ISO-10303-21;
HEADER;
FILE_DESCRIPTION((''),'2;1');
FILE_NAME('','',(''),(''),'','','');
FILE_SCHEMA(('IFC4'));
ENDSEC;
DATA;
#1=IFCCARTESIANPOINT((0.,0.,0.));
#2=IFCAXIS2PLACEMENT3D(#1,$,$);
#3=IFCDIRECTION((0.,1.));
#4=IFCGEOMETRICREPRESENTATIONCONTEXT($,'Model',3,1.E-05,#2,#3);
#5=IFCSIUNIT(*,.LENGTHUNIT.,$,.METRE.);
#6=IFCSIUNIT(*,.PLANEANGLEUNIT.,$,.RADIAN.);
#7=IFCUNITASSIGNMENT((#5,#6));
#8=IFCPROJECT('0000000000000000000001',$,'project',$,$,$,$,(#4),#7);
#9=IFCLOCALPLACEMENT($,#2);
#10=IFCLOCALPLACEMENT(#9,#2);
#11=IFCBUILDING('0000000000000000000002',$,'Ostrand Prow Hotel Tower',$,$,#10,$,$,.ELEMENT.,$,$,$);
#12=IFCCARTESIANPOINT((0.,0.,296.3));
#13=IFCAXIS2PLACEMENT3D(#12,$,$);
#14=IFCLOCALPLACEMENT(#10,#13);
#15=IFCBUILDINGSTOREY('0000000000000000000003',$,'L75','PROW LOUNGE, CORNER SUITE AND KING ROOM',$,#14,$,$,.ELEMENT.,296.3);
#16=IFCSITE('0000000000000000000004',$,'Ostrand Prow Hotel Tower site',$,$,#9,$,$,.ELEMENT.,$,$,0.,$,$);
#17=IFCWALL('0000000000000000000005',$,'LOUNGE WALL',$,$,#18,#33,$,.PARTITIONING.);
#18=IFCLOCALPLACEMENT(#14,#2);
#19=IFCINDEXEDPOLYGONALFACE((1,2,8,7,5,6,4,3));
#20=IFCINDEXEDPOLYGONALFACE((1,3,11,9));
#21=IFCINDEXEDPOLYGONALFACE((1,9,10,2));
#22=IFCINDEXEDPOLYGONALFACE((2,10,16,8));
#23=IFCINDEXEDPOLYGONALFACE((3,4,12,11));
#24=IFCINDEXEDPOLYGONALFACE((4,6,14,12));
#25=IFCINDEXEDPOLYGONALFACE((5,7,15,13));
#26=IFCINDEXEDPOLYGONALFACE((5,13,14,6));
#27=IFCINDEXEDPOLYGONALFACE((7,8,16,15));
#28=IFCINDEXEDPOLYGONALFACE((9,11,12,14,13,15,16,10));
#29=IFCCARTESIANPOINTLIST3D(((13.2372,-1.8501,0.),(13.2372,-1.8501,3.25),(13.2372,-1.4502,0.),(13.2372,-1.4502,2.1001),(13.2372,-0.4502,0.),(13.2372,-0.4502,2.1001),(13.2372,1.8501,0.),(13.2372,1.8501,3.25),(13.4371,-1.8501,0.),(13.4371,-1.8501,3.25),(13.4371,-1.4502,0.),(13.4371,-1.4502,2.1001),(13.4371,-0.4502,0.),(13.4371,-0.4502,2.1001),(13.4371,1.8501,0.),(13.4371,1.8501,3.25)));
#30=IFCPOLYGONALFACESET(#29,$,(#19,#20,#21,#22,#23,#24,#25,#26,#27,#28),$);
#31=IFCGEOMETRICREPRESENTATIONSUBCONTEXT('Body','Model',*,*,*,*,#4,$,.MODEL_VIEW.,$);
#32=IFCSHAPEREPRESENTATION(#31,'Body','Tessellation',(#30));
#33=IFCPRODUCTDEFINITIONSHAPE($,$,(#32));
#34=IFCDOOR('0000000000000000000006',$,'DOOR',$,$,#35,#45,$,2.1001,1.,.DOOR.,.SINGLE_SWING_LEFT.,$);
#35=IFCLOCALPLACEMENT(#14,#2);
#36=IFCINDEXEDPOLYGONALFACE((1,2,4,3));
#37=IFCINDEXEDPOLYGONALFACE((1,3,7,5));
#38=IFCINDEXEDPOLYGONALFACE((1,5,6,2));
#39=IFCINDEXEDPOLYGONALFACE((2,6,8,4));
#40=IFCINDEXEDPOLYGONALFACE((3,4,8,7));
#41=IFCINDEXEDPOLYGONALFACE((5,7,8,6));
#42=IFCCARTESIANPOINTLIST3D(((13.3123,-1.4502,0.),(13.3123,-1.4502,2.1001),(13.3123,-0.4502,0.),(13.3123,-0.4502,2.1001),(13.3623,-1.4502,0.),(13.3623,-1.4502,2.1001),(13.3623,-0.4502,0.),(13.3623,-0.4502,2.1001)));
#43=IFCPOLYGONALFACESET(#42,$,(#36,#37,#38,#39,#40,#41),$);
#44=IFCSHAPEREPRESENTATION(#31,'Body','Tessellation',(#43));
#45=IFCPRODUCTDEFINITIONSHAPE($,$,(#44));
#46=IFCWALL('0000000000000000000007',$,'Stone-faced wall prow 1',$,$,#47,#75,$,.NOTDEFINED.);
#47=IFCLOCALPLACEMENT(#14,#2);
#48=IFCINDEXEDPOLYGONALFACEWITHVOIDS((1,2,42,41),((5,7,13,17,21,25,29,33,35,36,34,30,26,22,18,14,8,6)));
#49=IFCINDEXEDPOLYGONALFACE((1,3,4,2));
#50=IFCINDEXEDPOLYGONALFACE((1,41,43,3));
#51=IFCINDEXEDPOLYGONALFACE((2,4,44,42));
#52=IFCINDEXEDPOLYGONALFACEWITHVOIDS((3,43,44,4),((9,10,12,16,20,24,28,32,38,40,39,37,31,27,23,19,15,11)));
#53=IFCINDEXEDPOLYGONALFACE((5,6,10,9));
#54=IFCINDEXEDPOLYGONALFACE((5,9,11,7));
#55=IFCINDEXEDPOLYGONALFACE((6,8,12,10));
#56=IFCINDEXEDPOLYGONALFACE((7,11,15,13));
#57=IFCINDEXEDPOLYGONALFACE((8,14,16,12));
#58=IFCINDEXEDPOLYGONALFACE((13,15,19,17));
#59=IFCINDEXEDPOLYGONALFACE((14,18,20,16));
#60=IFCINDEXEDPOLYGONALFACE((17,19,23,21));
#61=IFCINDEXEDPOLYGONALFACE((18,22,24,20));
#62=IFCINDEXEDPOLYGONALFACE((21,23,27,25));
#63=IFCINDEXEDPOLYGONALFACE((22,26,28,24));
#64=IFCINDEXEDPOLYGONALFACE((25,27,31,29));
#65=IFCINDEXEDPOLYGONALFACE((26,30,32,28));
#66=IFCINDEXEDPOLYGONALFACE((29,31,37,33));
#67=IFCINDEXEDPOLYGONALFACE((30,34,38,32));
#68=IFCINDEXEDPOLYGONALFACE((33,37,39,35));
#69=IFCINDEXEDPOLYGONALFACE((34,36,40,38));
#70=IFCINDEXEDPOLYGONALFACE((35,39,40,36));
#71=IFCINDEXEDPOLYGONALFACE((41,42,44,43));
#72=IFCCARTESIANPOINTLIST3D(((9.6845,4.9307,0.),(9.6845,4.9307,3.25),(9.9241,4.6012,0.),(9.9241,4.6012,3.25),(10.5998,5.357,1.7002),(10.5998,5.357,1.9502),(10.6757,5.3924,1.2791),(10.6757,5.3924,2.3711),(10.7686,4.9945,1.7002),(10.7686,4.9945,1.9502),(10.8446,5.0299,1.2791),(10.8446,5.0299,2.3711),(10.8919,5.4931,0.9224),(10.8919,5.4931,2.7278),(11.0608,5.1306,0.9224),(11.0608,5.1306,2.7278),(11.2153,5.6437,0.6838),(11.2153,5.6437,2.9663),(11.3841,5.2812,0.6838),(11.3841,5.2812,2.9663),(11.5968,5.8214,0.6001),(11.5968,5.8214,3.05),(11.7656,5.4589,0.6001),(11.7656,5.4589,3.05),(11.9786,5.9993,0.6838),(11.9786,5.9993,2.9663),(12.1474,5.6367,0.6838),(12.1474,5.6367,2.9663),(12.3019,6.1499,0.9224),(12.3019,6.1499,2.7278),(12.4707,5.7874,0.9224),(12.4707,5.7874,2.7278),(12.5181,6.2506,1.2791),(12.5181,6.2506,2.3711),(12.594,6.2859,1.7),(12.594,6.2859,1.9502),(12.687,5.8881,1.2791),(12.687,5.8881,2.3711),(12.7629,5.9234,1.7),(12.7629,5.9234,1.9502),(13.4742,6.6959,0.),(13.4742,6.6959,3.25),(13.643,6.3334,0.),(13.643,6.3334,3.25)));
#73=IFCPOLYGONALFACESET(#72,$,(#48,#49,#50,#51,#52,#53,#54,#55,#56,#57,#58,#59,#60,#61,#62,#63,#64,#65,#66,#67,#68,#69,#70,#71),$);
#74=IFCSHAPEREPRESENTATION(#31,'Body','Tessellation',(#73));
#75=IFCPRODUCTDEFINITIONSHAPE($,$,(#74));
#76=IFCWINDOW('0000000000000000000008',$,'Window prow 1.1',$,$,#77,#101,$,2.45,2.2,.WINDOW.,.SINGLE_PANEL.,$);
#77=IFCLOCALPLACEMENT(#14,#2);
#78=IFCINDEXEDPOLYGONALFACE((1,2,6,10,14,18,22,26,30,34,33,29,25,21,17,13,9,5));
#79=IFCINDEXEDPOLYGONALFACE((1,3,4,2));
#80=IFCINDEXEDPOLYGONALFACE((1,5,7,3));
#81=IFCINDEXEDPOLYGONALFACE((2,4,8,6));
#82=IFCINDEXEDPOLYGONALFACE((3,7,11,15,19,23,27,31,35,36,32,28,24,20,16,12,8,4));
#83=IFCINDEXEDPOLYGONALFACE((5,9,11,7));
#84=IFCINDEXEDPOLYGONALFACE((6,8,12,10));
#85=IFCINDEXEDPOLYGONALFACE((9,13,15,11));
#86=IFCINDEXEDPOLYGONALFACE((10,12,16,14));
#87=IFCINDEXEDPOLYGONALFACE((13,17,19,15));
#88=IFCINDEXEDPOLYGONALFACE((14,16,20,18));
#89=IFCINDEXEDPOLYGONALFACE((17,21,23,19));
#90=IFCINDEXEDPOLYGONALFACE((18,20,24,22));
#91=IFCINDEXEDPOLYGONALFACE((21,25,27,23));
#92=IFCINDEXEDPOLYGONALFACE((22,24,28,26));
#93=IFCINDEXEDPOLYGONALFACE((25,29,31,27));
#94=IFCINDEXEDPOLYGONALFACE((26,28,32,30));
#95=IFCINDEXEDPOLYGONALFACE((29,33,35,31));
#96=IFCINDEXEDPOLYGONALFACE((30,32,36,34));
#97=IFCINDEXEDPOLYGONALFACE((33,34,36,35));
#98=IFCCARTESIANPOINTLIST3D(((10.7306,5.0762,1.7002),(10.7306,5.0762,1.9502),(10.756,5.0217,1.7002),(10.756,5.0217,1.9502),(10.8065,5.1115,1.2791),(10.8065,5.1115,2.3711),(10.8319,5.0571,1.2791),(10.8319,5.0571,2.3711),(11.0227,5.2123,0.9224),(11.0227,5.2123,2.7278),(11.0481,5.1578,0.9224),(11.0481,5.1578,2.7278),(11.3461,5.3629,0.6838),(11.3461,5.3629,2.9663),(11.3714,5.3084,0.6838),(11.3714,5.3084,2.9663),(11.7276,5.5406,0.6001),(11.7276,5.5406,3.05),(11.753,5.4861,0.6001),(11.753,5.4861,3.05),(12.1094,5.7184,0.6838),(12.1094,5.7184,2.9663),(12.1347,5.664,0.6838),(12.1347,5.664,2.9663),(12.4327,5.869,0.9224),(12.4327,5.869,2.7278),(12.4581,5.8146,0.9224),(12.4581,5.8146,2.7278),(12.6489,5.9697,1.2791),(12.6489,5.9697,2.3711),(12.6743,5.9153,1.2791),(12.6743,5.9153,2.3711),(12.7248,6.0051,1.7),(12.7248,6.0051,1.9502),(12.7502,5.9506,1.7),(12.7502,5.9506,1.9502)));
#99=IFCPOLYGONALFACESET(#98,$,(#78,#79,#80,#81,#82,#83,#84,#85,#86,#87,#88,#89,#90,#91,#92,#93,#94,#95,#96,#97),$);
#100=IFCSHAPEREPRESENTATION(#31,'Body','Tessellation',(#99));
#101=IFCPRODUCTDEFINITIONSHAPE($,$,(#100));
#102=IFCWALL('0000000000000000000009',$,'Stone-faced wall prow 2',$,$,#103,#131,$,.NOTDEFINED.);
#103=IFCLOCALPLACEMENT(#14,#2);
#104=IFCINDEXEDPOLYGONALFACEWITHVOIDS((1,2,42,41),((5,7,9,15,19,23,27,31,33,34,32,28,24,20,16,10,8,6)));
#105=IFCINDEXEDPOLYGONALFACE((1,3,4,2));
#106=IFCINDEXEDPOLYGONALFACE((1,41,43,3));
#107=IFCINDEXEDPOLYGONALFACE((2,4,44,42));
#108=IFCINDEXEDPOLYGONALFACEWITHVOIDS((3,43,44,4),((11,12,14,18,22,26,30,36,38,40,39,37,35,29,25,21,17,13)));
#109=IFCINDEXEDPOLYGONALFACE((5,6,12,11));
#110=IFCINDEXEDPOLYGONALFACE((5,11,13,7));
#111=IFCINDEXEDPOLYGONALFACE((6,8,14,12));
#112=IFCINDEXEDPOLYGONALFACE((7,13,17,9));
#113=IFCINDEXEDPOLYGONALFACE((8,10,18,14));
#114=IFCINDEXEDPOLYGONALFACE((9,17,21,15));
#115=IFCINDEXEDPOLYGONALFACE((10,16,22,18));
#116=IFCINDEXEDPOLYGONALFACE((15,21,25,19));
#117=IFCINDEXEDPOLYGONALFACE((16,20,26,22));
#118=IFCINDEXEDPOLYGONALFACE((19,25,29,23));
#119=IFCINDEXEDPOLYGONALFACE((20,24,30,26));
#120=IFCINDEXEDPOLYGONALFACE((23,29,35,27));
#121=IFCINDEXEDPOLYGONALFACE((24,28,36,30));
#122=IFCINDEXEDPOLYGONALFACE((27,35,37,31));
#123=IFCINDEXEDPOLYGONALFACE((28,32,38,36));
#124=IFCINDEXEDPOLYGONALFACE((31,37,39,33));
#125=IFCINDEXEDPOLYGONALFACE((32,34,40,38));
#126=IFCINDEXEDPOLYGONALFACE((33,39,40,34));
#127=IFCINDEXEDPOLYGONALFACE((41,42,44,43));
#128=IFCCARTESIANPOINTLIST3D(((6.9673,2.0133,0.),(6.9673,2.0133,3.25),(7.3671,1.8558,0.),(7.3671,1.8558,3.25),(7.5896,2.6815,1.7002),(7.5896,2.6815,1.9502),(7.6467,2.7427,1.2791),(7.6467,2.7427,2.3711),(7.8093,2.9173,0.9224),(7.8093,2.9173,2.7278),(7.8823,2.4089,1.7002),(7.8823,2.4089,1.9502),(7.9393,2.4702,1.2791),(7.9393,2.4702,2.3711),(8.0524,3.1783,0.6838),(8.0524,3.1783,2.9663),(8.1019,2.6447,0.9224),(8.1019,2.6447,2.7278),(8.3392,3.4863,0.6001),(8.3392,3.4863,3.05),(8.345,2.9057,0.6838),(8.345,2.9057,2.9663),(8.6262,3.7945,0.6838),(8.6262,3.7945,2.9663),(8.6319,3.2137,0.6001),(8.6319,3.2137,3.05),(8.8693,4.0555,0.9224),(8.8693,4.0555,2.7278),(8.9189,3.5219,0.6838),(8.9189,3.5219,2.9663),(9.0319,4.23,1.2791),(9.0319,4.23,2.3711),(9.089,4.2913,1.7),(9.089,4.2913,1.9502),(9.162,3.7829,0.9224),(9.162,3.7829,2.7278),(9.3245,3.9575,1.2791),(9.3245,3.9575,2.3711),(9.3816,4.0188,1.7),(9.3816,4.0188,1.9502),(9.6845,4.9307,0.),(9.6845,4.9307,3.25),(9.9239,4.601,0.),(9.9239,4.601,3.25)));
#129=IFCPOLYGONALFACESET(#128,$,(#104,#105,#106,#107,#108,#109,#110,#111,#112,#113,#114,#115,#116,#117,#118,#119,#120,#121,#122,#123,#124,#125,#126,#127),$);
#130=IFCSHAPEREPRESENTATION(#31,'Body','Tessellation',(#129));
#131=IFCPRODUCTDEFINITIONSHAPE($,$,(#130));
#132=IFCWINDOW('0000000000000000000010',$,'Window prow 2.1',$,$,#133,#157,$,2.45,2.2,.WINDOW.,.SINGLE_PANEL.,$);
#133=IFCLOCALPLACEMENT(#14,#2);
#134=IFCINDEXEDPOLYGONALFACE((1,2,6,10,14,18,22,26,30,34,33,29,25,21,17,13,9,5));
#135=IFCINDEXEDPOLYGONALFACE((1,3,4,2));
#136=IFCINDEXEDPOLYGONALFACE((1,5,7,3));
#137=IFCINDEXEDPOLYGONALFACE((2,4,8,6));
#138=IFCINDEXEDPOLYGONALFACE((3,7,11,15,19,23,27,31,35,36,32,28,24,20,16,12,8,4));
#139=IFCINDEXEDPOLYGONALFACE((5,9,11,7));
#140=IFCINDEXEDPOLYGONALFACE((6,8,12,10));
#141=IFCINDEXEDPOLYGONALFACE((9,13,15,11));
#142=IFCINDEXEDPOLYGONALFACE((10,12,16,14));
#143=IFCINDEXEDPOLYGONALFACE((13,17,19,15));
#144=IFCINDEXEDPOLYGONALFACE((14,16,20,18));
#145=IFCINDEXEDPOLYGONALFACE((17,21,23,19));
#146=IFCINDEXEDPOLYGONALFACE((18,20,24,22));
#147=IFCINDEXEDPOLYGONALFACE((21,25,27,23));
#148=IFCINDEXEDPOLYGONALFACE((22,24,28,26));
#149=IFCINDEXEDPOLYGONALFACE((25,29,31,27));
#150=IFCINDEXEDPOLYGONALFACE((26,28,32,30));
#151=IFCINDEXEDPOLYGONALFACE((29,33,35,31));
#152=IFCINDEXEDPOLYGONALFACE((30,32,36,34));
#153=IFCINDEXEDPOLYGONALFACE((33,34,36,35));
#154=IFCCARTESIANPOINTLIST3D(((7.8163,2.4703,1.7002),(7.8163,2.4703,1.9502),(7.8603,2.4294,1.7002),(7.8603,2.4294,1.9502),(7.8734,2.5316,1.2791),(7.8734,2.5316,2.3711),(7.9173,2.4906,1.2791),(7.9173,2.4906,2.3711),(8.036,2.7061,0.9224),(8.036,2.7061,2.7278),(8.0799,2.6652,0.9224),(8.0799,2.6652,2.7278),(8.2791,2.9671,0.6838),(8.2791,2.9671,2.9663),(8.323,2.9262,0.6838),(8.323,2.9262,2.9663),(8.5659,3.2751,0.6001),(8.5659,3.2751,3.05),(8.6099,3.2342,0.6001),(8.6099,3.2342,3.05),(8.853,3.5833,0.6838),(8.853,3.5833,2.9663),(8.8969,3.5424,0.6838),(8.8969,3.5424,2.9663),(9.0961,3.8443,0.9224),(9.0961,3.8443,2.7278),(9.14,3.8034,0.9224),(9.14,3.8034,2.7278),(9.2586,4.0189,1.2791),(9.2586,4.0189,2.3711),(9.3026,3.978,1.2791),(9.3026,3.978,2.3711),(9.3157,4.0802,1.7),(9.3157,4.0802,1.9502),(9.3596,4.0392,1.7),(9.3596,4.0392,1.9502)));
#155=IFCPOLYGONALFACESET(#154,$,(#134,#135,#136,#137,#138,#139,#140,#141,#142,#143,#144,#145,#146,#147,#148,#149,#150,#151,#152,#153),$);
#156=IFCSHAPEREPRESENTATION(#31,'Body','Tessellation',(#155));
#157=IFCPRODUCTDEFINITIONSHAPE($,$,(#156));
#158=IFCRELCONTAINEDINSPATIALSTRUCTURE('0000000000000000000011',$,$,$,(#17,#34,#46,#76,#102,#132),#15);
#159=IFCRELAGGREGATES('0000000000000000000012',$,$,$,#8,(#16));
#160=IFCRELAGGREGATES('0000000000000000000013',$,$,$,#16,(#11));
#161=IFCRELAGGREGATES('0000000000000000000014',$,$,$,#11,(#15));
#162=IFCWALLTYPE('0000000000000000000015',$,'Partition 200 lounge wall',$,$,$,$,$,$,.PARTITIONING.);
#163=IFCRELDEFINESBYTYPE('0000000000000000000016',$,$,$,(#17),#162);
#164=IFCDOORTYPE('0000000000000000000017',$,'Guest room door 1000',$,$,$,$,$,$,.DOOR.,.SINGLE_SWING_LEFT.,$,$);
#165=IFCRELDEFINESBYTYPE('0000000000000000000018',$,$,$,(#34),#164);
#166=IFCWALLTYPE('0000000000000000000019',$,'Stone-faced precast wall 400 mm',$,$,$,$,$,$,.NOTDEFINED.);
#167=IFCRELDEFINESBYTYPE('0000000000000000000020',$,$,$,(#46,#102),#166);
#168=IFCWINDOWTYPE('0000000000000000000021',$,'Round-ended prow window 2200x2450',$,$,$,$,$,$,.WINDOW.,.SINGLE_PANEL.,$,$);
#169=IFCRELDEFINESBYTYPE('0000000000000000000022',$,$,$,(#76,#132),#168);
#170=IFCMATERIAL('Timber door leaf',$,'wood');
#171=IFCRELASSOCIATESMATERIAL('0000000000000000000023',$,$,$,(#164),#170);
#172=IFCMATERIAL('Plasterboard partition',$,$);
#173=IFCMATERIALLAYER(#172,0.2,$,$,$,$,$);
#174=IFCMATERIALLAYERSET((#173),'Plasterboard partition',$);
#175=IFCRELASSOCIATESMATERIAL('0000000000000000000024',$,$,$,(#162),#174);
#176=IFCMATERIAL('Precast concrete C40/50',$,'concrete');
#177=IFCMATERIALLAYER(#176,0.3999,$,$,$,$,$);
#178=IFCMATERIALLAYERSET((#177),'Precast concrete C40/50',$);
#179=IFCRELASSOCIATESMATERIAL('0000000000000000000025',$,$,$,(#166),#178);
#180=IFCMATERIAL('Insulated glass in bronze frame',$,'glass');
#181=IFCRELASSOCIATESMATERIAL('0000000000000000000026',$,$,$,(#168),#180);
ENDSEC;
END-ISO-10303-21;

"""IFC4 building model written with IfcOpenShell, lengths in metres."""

from ifc_helpers import new_model, si_unit, direction, frame, frame_2d, origin, place, context, subcontext, project, spatial, polyline, rectangle, outline, extrude, material, layer, layer_set, type_object, element, fill, save


model = new_model("IFC4")

# Units and contexts
model_context = context("Model", 3, precision=1e-05, world=origin(), true_north=direction((0.0, 1.0)))
body_context = subcontext(model_context, "Body", "Model", "MODEL_VIEW")
ifc_project = project(units=[si_unit("LENGTHUNIT", "METRE"), si_unit("PLANEANGLEUNIT", "RADIAN")], contexts=[model_context])

# Site, building, storey
site_placement = place(None, origin())
site = spatial("IfcSite", under=ifc_project, at=site_placement, Name="Ostrand Prow Hotel Tower site", CompositionType="ELEMENT", RefElevation=0.0)
building_placement = place(site_placement, origin())
building = spatial("IfcBuilding", under=site, at=building_placement, Name="Ostrand Prow Hotel Tower", CompositionType="ELEMENT")
storey_placement = place(building_placement, frame((0.0, 0.0, 296.3)))
storey = spatial("IfcBuildingStorey", under=building, at=storey_placement, Name="L75", Description="PROW LOUNGE, CORNER SUITE AND KING ROOM", CompositionType="ELEMENT", Elevation=296.3)

# Wall, opening, door
ifc_material_1 = material(Name="Timber door leaf", Category="wood")
door_type_1 = type_object("IfcDoorType", Name="Guest room door 1000", OperationType="SINGLE_SWING_LEFT", PredefinedType="DOOR", material=ifc_material_1)
ifc_material_2 = material(Name="Plasterboard partition")
ifc_layer_1 = layer(ifc_material_2, 0.2)
ifc_layer_set_1 = layer_set([ifc_layer_1], Name="Plasterboard partition")
wall_type_1 = type_object("IfcWallType", Name="Partition 200 lounge wall", PredefinedType="PARTITIONING", material=ifc_layer_set_1)
wall_1_placement = place(storey_placement, frame((13.3372, -1.8501, 0.0), z_axis=(0.0, 0.0, 1.0), x_axis=(0.0, 1.0, 0.0)))
wall_1 = element("IfcWall", 1, at=wall_1_placement, inside=storey, type_object=wall_type_1, Name="LOUNGE WALL", PredefinedType="PARTITIONING", context=body_context, shape_type="SweptSolid", body=[
    extrude(rectangle(XDim=3.7002, YDim=0.2, at=frame_2d((1.8501, 0.0))), origin(), (0.0, 0.0, 1.0), 3.25),
])
opening_1_placement = place(wall_1_placement, frame((0.3999, 0.0, 0.0)))
opening_1 = element("IfcOpeningElement", 2, at=opening_1_placement, cuts=wall_1, PredefinedType="OPENING", context=body_context, shape_type="SweptSolid", body=[
    extrude(rectangle(XDim=1.0, YDim=2.1001, at=frame_2d((0.5, 1.05))), frame((0.0, 0.1099, 0.0), z_axis=(0.0, -1.0, 0.0), x_axis=(1.0, 0.0, 0.0)), (0.0, 0.0, 1.0), 0.22),
])
door_1_placement = place(opening_1_placement, origin())
door_1 = element("IfcDoor", 3, at=door_1_placement, inside=storey, type_object=door_type_1, Name="DOOR", OperationType="SINGLE_SWING_LEFT", OverallHeight=2.1001, OverallWidth=1.0, PredefinedType="DOOR", context=body_context, shape_type="SweptSolid", body=[
    extrude(rectangle(XDim=1.0, YDim=2.1001, at=frame_2d((0.5, 1.05))), frame((0.0, 0.0249, 0.0), z_axis=(0.0, -1.0, 0.0), x_axis=(1.0, 0.0, 0.0)), (0.0, 0.0, 1.0), 0.05),
])
fill(opening_1, door_1)

# Walls, openings, windows
ifc_material_3 = material(Name="Precast concrete C40/50", Category="concrete")
ifc_layer_2 = layer(ifc_material_3, 0.3999)
ifc_layer_set_2 = layer_set([ifc_layer_2], Name="Precast concrete C40/50")
wall_type_2 = type_object("IfcWallType", Name="Stone-faced precast wall 400 mm", PredefinedType="NOTDEFINED", material=ifc_layer_set_2)
wall_2_placement = place(storey_placement, frame((13.5586, 6.5146, 0.0), z_axis=(0.0, 0.0, 1.0), x_axis=(-0.906486, -0.422237, 0.0)))
wall_2 = element("IfcWall", 4, at=wall_2_placement, inside=storey, type_object=wall_type_2, Name="Stone-faced wall prow 1", PredefinedType="NOTDEFINED", context=body_context, shape_type="SweptSolid", body=[
    extrude(outline(polyline([(0.0, -0.2), (4.1807, -0.2), (4.1025, 0.2), (0.0, 0.2), (0.0, -0.2)])), origin(), (0.0, 0.0, 1.0), 3.25),
])
opening_2_placement = place(wall_2_placement, frame((0.9709, 0.0, 0.6001)))
opening_2 = element("IfcOpeningElement", 5, at=opening_2_placement, cuts=wall_2, PredefinedType="OPENING", context=body_context, shape_type="SweptSolid", body=[
    extrude(outline(polyline([(0.0, 1.3501), (0.0837, 1.771), (0.3223, 2.1277), (0.679, 2.3662), (1.1001, 2.45), (1.521, 2.3662), (1.8777, 2.1277), (2.1162, 1.771), (2.2, 1.3501), (2.2, 1.1001), (2.1162, 0.679), (1.8777, 0.3223), (1.521, 0.0837), (1.1001, 0.0), (0.679, 0.0837), (0.3223, 0.3223), (0.0837, 0.679), (0.0, 1.0999), (0.0, 1.3501)])), frame((0.0, 0.21, 0.0), z_axis=(0.0, -1.0, 0.0), x_axis=(1.0, 0.0, 0.0)), (0.0, 0.0, 1.0), 0.4199),
])
ifc_material_4 = material(Name="Insulated glass in bronze frame", Category="glass")
window_type = type_object("IfcWindowType", Name="Round-ended prow window 2200x2450", PartitioningType="SINGLE_PANEL", PredefinedType="WINDOW", material=ifc_material_4)
window_1_placement = place(opening_2_placement, origin())
window_1 = element("IfcWindow", 6, at=window_1_placement, inside=storey, type_object=window_type, Name="Window prow 1.1", OverallHeight=2.45, OverallWidth=2.2, PartitioningType="SINGLE_PANEL", PredefinedType="WINDOW", context=body_context, shape_type="SweptSolid", body=[
    extrude(outline(polyline([(0.0, 1.3501), (0.0837, 1.771), (0.3223, 2.1277), (0.679, 2.3662), (1.1001, 2.45), (1.521, 2.3662), (1.8777, 2.1277), (2.1162, 1.771), (2.2, 1.3501), (2.2, 1.1001), (2.1162, 0.679), (1.8777, 0.3223), (1.521, 0.0837), (1.1001, 0.0), (0.679, 0.0837), (0.3223, 0.3223), (0.0837, 0.679), (0.0, 1.0999), (0.0, 1.3501)])), frame((0.0, 0.1699, 0.0), z_axis=(0.0, -1.0, 0.0), x_axis=(1.0, 0.0, 0.0)), (0.0, 0.0, 1.0), 0.0601),
])
fill(opening_2, window_1)
wall_3_placement = place(storey_placement, frame((9.8042, 4.7659, 0.0), z_axis=(0.0, 0.0, 1.0), x_axis=(-0.681547, -0.731775, 0.0)))
wall_3 = element("IfcWall", 7, at=wall_3_placement, inside=storey, type_object=wall_type_2, Name="Stone-faced wall prow 2", PredefinedType="NOTDEFINED", context=body_context, shape_type="SweptSolid", body=[
    extrude(outline(polyline([(-0.0391, -0.2), (3.9478, -0.2), (3.7905, 0.2), (0.0391, 0.2), (-0.0391, -0.2)])), origin(), (0.0, 0.0, 1.0), 3.25),
])
opening_3_placement = place(wall_3_placement, frame((0.8347, 0.0, 0.6001)))
opening_3 = element("IfcOpeningElement", 8, at=opening_3_placement, cuts=wall_3, PredefinedType="OPENING", context=body_context, shape_type="SweptSolid", body=[
    extrude(outline(polyline([(0.0, 1.3501), (0.0837, 1.771), (0.3223, 2.1277), (0.679, 2.3662), (1.1001, 2.45), (1.521, 2.3662), (1.8777, 2.1277), (2.1162, 1.771), (2.2, 1.3501), (2.2, 1.1001), (2.1162, 0.679), (1.8777, 0.3223), (1.521, 0.0837), (1.1001, 0.0), (0.679, 0.0837), (0.3223, 0.3223), (0.0837, 0.679), (0.0, 1.0999), (0.0, 1.3501)])), frame((0.0, 0.21, 0.0), z_axis=(0.0, -1.0, 0.0), x_axis=(1.0, 0.0, 0.0)), (0.0, 0.0, 1.0), 0.4199),
])
window_2_placement = place(opening_3_placement, origin())
window_2 = element("IfcWindow", 9, at=window_2_placement, inside=storey, type_object=window_type, Name="Window prow 2.1", OverallHeight=2.45, OverallWidth=2.2, PartitioningType="SINGLE_PANEL", PredefinedType="WINDOW", context=body_context, shape_type="SweptSolid", body=[
    extrude(outline(polyline([(0.0, 1.3501), (0.0837, 1.771), (0.3223, 2.1277), (0.679, 2.3662), (1.1001, 2.45), (1.521, 2.3662), (1.8777, 2.1277), (2.1162, 1.771), (2.2, 1.3501), (2.2, 1.1001), (2.1162, 0.679), (1.8777, 0.3223), (1.521, 0.0837), (1.1001, 0.0), (0.679, 0.0837), (0.3223, 0.3223), (0.0837, 0.679), (0.0, 1.0999), (0.0, 1.3501)])), frame((0.0, 0.1699, 0.0), z_axis=(0.0, -1.0, 0.0), x_axis=(1.0, 0.0, 0.0)), (0.0, 0.0, 1.0), 0.0601),
])
fill(opening_3, window_2)

save(model, "model.ifc")
